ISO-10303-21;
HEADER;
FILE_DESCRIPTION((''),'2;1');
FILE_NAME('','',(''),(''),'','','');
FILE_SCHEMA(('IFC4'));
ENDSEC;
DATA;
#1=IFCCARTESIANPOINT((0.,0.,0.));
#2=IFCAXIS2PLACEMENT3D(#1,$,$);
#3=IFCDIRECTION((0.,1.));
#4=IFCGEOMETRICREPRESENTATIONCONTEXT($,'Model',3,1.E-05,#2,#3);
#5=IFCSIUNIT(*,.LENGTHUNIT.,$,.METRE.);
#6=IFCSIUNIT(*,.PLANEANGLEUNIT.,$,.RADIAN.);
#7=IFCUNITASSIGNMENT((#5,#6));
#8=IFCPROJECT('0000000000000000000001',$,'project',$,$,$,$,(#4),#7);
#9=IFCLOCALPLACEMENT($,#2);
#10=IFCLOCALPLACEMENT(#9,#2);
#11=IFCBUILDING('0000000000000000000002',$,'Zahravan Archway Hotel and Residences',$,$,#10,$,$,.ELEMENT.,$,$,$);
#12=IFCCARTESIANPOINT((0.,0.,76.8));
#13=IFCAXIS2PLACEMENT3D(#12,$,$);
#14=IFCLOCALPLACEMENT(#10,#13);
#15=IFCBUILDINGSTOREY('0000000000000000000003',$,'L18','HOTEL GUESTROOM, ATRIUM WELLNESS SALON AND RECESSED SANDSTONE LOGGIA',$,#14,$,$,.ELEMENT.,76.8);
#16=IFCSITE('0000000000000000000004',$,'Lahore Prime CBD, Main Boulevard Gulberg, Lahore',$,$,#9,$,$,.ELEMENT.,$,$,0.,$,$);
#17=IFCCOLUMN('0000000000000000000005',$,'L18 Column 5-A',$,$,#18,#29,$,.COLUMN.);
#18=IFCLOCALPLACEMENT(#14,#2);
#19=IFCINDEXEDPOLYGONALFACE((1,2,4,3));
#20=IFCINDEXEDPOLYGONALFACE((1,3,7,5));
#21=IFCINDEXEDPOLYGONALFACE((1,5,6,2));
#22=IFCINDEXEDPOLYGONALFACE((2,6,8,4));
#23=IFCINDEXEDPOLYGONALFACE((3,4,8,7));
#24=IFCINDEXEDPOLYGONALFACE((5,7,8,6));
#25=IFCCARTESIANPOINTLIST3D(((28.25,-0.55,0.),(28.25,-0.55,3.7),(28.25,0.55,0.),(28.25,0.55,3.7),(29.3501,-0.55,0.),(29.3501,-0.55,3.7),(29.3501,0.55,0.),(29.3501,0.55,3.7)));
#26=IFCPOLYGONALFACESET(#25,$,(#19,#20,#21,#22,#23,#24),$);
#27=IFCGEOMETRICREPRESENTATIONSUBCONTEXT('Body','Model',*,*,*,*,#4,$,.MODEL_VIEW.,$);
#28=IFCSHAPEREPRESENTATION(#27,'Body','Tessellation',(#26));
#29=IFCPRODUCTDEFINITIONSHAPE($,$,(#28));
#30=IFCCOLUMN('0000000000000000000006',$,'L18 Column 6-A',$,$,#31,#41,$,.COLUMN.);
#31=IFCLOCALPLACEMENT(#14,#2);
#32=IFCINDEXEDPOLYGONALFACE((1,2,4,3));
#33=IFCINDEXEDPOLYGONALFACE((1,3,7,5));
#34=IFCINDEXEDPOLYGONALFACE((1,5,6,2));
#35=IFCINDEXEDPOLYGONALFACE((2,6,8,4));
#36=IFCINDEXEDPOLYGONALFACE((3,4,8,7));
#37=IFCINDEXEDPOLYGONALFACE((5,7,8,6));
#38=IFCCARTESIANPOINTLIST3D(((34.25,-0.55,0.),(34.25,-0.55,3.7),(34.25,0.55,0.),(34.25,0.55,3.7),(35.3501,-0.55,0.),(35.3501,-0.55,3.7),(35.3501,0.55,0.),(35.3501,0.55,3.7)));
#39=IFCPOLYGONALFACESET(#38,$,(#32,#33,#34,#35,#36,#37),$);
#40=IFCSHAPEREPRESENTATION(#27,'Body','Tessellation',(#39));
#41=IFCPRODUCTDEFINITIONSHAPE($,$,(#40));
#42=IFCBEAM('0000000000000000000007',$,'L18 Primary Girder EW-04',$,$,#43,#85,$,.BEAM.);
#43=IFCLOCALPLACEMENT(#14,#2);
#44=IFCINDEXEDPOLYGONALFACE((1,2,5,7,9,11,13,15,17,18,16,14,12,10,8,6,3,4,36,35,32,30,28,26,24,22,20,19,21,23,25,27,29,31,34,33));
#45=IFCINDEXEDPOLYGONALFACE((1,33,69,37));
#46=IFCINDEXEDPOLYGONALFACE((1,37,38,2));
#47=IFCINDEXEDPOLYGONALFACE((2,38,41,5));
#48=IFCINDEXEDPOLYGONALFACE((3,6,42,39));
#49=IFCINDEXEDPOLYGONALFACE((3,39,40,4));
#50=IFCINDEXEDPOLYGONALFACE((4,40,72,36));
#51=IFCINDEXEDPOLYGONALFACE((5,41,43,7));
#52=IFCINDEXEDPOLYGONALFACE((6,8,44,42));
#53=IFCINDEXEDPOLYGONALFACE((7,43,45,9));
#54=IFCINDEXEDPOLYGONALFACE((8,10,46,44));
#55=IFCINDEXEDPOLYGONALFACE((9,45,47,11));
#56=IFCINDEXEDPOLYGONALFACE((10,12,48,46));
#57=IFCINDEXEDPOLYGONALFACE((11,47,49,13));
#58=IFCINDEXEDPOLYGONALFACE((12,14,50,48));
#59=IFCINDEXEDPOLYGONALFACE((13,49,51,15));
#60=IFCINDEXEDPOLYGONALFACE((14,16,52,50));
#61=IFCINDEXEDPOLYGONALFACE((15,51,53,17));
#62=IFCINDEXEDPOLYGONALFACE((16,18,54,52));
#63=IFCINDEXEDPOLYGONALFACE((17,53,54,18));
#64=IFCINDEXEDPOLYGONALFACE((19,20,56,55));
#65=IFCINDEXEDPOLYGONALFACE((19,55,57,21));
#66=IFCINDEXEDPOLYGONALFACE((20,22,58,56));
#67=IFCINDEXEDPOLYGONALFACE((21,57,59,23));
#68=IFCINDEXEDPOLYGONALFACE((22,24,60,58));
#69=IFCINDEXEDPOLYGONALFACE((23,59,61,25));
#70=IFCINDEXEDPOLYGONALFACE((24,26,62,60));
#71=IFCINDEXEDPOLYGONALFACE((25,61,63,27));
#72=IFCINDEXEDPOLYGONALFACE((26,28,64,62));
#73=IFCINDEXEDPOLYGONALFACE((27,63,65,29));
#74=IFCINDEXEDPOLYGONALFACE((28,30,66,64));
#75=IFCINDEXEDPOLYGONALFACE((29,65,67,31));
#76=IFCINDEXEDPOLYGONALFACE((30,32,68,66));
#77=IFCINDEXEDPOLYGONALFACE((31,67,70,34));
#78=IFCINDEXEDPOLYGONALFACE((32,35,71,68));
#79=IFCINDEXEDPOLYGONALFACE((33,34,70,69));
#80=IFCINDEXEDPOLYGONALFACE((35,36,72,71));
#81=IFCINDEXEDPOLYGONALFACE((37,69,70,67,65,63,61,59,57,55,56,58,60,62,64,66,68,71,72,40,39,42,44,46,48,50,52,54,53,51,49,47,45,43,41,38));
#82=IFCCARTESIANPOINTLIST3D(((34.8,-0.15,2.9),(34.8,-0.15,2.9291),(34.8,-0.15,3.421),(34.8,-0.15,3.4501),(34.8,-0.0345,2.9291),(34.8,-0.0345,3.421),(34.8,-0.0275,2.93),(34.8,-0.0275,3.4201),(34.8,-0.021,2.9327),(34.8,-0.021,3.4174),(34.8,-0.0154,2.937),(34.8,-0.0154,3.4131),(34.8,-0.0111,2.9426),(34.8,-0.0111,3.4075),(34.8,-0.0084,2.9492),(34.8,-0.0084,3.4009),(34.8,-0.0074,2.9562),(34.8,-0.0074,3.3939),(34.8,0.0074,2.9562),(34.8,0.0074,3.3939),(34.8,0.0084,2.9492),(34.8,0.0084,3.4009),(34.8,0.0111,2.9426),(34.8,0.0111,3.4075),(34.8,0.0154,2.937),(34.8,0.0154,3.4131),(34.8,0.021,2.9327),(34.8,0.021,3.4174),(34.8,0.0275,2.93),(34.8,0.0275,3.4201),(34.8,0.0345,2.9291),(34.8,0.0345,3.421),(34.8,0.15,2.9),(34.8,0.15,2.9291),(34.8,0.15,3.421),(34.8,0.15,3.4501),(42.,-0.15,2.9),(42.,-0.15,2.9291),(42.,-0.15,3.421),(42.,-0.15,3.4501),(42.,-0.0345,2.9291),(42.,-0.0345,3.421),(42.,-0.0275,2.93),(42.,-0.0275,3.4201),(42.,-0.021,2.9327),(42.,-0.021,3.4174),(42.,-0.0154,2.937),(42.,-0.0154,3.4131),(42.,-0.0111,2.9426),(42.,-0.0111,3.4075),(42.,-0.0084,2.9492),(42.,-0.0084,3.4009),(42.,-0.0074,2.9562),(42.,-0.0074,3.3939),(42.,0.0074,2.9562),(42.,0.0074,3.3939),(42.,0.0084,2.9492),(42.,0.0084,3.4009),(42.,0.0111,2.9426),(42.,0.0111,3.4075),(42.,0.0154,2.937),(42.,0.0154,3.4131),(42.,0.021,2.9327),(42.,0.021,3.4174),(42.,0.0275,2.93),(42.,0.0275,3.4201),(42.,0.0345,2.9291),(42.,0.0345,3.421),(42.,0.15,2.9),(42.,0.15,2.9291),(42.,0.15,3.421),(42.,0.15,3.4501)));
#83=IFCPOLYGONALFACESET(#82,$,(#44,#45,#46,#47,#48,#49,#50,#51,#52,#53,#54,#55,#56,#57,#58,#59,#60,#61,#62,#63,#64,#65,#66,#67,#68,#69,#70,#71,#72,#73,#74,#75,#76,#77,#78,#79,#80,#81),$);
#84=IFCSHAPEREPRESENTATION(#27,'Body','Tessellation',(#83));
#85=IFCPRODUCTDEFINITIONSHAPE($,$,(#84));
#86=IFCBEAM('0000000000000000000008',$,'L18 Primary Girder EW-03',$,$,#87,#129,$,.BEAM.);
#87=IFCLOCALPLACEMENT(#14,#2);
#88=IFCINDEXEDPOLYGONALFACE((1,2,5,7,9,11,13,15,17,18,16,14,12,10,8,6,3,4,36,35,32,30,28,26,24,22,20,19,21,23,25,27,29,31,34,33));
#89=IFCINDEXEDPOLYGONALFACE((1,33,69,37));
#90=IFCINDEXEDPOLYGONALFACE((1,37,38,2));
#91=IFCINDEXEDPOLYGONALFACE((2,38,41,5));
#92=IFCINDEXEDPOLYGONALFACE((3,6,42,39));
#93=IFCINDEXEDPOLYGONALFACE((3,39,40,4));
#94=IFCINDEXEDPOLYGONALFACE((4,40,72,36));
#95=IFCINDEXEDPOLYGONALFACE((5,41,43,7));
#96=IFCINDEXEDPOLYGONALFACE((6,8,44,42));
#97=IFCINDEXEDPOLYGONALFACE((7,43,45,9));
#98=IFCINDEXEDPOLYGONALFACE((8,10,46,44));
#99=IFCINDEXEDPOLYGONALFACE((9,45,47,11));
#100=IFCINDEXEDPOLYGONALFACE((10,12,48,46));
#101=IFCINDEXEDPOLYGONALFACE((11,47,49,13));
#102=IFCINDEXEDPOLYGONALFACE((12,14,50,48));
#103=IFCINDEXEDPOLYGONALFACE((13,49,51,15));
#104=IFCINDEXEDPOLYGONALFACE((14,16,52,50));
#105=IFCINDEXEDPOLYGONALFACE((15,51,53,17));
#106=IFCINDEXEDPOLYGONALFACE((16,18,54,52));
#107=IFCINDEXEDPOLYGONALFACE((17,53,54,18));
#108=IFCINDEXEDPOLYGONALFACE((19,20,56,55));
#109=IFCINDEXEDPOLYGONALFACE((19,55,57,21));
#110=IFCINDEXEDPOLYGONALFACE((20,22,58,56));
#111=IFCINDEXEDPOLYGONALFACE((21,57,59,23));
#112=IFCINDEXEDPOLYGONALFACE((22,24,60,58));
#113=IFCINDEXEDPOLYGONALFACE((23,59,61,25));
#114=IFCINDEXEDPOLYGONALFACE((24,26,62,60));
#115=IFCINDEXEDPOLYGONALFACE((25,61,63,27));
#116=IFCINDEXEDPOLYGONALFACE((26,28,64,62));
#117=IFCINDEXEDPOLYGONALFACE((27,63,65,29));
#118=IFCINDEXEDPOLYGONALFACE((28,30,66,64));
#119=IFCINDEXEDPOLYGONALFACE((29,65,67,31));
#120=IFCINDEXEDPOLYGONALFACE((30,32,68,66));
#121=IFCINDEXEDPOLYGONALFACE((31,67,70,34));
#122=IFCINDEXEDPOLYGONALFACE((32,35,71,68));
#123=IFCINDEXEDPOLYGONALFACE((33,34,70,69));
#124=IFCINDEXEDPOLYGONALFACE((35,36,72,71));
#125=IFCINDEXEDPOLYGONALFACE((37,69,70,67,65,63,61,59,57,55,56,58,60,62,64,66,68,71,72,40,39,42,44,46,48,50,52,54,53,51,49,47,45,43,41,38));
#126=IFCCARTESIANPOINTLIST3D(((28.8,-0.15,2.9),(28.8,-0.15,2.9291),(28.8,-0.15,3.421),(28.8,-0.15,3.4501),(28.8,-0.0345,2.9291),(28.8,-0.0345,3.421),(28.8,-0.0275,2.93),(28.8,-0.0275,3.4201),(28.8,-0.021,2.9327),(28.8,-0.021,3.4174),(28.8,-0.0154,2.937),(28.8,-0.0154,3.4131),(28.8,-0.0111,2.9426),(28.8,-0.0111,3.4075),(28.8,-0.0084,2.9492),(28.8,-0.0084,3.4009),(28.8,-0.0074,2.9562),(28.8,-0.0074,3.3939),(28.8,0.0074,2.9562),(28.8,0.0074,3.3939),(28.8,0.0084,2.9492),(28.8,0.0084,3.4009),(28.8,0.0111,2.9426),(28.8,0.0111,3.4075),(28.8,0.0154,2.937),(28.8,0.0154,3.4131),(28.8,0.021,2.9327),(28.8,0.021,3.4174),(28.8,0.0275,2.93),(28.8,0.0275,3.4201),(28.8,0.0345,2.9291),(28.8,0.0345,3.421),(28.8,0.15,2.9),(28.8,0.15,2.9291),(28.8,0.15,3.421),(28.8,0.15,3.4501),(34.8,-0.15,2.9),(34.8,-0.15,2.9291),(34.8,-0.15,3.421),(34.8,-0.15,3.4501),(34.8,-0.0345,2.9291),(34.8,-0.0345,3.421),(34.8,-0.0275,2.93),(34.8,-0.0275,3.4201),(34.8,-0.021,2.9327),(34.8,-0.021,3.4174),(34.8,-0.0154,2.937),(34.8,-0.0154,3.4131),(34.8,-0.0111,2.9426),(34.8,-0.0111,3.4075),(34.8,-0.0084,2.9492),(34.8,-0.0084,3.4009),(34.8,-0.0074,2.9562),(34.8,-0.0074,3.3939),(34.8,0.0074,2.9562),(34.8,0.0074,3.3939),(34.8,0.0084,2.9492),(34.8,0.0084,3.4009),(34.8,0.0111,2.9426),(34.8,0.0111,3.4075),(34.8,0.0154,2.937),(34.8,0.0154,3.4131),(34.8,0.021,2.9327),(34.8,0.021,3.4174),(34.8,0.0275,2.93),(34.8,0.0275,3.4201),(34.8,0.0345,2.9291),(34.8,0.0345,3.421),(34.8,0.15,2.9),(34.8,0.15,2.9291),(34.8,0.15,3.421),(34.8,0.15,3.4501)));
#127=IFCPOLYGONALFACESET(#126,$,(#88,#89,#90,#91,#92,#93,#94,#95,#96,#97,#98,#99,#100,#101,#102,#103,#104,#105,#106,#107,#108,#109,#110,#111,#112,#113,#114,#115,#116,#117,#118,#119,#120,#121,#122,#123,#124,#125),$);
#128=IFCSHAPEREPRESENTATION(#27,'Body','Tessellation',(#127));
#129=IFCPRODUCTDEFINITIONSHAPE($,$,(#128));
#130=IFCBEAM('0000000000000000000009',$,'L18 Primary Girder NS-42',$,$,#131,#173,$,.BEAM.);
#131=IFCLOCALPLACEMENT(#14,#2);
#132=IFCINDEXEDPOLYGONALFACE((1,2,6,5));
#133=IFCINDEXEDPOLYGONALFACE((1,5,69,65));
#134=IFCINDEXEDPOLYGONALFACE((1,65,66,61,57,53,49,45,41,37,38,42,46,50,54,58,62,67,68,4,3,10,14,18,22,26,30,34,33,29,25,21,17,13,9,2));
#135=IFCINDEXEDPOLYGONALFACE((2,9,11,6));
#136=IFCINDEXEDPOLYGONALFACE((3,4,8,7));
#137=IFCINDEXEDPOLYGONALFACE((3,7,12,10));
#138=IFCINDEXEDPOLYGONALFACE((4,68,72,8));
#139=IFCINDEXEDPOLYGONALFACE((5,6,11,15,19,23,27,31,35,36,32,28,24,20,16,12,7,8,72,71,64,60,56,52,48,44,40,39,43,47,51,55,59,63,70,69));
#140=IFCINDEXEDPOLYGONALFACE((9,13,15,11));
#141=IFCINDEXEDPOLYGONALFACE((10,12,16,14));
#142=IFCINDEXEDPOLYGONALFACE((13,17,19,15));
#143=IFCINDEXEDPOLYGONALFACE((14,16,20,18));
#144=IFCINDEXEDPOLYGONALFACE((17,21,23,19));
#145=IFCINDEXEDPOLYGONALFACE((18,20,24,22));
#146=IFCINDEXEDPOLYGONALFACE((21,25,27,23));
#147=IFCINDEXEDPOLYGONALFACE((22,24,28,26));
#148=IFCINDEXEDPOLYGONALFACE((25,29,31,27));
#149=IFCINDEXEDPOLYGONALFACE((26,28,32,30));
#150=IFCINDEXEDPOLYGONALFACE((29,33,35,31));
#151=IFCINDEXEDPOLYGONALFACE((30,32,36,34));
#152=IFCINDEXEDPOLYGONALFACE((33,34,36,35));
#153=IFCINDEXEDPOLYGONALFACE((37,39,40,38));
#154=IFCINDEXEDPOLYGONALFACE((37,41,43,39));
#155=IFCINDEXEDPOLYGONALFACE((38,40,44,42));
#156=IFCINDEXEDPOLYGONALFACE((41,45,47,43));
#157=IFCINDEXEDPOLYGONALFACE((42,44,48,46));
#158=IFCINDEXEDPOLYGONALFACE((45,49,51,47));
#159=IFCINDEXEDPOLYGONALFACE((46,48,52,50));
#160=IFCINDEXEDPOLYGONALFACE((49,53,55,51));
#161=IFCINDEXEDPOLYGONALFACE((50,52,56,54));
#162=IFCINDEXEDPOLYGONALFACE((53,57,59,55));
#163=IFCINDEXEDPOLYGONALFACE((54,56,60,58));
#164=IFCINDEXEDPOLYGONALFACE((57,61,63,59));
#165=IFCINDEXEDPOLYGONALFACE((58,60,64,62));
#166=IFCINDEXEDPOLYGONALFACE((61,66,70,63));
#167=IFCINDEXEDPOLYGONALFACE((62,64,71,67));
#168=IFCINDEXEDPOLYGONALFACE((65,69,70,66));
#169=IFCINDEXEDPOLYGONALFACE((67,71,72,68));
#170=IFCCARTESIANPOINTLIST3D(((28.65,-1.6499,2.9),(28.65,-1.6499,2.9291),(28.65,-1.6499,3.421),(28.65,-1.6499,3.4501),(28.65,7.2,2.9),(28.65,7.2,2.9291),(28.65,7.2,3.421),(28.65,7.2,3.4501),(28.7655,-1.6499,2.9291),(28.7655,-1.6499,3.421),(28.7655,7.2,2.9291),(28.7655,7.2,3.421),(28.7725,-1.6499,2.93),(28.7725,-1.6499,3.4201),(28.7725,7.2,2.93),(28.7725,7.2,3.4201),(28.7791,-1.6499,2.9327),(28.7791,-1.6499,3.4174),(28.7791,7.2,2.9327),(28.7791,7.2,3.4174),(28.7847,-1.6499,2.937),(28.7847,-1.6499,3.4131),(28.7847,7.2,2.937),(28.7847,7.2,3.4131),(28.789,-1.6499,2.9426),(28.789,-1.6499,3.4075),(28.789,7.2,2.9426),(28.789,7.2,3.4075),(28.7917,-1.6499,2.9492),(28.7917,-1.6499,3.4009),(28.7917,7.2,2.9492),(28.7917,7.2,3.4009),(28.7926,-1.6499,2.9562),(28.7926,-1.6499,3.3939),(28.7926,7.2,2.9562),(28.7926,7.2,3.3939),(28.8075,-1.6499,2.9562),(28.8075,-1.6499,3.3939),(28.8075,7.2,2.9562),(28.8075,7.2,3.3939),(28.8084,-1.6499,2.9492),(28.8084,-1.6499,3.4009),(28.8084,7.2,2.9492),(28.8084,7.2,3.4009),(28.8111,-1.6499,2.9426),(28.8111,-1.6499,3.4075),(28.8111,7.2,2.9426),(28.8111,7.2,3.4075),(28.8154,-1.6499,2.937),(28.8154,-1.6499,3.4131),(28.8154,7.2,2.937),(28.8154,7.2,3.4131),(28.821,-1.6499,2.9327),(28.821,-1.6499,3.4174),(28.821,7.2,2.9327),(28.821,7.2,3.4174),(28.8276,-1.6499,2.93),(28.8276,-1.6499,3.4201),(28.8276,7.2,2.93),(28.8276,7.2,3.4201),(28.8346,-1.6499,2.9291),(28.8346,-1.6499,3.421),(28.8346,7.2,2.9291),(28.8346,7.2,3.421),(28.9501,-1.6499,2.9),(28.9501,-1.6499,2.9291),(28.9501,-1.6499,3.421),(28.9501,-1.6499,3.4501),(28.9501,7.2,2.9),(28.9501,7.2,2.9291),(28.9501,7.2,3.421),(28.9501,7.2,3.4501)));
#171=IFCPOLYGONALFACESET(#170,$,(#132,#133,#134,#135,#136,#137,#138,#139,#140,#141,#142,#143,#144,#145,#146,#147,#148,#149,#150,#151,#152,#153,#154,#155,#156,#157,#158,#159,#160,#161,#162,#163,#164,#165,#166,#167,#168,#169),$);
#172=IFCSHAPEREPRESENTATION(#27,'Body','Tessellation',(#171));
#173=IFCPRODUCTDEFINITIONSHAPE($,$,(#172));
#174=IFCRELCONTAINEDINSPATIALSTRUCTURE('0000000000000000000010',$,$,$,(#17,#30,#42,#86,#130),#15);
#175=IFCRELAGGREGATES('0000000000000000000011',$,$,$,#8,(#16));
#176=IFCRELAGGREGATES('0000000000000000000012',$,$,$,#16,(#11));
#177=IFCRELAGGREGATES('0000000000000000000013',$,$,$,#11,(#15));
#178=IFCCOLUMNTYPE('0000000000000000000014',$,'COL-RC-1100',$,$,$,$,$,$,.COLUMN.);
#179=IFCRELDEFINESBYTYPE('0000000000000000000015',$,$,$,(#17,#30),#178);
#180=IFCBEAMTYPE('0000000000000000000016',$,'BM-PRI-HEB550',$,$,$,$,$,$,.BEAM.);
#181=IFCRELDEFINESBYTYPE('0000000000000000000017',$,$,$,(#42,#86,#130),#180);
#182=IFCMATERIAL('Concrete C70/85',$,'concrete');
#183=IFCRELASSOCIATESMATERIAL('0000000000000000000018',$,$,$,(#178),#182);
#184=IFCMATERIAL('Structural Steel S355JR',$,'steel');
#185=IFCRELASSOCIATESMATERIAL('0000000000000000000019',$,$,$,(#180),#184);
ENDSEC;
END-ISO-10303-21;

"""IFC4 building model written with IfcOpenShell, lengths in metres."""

from ifc_helpers import new_model, si_unit, direction, frame, origin, origin_2d, place, context, subcontext, project, spatial, rectangle, i_section, extrude, source, transform, mapped, material, material_profile, profile_set, type_object, element, save


model = new_model("IFC4")

# Units and contexts
model_context = context("Model", 3, precision=1e-05, world=origin(), true_north=direction((0.0, 1.0)))
body_context = subcontext(model_context, "Body", "Model", "MODEL_VIEW")
ifc_project = project(units=[si_unit("LENGTHUNIT", "METRE"), si_unit("PLANEANGLEUNIT", "RADIAN")], contexts=[model_context])

# Site, building, storey
site_placement = place(None, origin())
site = spatial("IfcSite", under=ifc_project, at=site_placement, Name="Lahore Prime CBD, Main Boulevard Gulberg, Lahore", CompositionType="ELEMENT", RefElevation=0.0)
building_placement = place(site_placement, origin())
building = spatial("IfcBuilding", under=site, at=building_placement, Name="Zahravan Archway Hotel and Residences", CompositionType="ELEMENT")
storey_placement = place(building_placement, frame((0.0, 0.0, 76.8)))
storey = spatial("IfcBuildingStorey", under=building, at=storey_placement, Name="L18", Description="HOTEL GUESTROOM, ATRIUM WELLNESS SALON AND RECESSED SANDSTONE LOGGIA", CompositionType="ELEMENT", Elevation=76.8)

# Columns
ifc_material_1 = material(Name="Concrete C70/85", Category="concrete")
ifc_material_profile_1 = material_profile(ifc_material_1, rectangle(XDim=1.1001, YDim=1.1001, at=origin_2d()), Name="RC 1100x1100", Category="concrete")
ifc_profile_set_1 = profile_set([ifc_material_profile_1], Name="Concrete C70/85")
column_type = type_object("IfcColumnType", Name="COL-RC-1100", PredefinedType="COLUMN", material=ifc_profile_set_1)
shared_shape_1 = source(origin(), body_context, "Body", "SweptSolid", [
    extrude(rectangle(XDim=1.1001, YDim=1.1001, at=origin_2d()), origin(), (0.0, 0.0, 1.0), 3.7),
])
for number, where, z_axis, x_axis, name in (
    (1, (28.8, 0.0, 0.0), (0.0, 0.0, 1.0), (1.0, 0.0, 0.0), "L18 Column 5-A"),
    (2, (34.8, 0.0, 0.0), (0.0, 0.0, 1.0), (1.0, 0.0, 0.0), "L18 Column 6-A"),
):
    element("IfcColumn", number, at=place(storey_placement, frame(where, z_axis=z_axis, x_axis=x_axis)), inside=storey, type_object=column_type, Name=name, PredefinedType="COLUMN", context=body_context, shape_type="MappedRepresentation", body=[
        mapped(shared_shape_1, transform((0.0, 0.0, 0.0), scale=1.0)),
    ])

# Beams
ifc_material_2 = material(Name="Structural Steel S355JR", Category="steel")
ifc_material_profile_2 = material_profile(ifc_material_2, i_section(OverallWidth=0.3, OverallDepth=0.55, WebThickness=0.0149, FlangeThickness=0.0291, FilletRadius=0.0271, at=origin_2d()), Name="HEB 550", Category="steel")
ifc_profile_set_2 = profile_set([ifc_material_profile_2], Name="Structural Steel S355JR")
beam_type_1 = type_object("IfcBeamType", Name="BM-PRI-HEB550", PredefinedType="BEAM", material=ifc_profile_set_2)
shared_shape_2 = source(origin(), body_context, "Body", "SweptSolid", [
    extrude(i_section(OverallWidth=0.3, OverallDepth=0.55, WebThickness=0.0149, FlangeThickness=0.0291, FilletRadius=0.0271, at=origin_2d()), origin(), (0.0, 0.0, 1.0), 7.2),
])
beam_1_placement = place(storey_placement, frame((34.8, 0.0, 3.175), z_axis=(1.0, 0.0, 0.0), x_axis=(0.0, 1.0, 0.0)))
element("IfcBeam", 3, at=beam_1_placement, inside=storey, type_object=beam_type_1, Name="L18 Primary Girder EW-04", PredefinedType="BEAM", context=body_context, shape_type="MappedRepresentation", body=[
    mapped(shared_shape_2, transform((0.0, 0.0, 0.0), scale=1.0)),
])
shared_shape_3 = source(origin(), body_context, "Body", "SweptSolid", [
    extrude(i_section(OverallWidth=0.3, OverallDepth=0.55, WebThickness=0.0149, FlangeThickness=0.0291, FilletRadius=0.0271, at=origin_2d()), origin(), (0.0, 0.0, 1.0), 6.0),
])
beam_2_placement = place(storey_placement, frame((28.8, 0.0, 3.175), z_axis=(1.0, 0.0, 0.0), x_axis=(0.0, 1.0, 0.0)))
element("IfcBeam", 4, at=beam_2_placement, inside=storey, type_object=beam_type_1, Name="L18 Primary Girder EW-03", PredefinedType="BEAM", context=body_context, shape_type="MappedRepresentation", body=[
    mapped(shared_shape_3, transform((0.0, 0.0, 0.0), scale=1.0)),
])
shared_shape_4 = source(origin(), body_context, "Body", "SweptSolid", [
    extrude(i_section(OverallWidth=0.3, OverallDepth=0.55, WebThickness=0.0149, FlangeThickness=0.0291, FilletRadius=0.0271, at=origin_2d()), origin(), (0.0, 0.0, 1.0), 8.8499),
])
beam_3_placement = place(storey_placement, frame((28.8, -1.6499, 3.175), z_axis=(0.0, 1.0, 0.0), x_axis=(-1.0, 0.0, 0.0)))
element("IfcBeam", 5, at=beam_3_placement, inside=storey, type_object=beam_type_1, Name="L18 Primary Girder NS-42", PredefinedType="BEAM", context=body_context, shape_type="MappedRepresentation", body=[
    mapped(shared_shape_4, transform((0.0, 0.0, 0.0), scale=1.0)),
])

save(model, "model.ifc")
